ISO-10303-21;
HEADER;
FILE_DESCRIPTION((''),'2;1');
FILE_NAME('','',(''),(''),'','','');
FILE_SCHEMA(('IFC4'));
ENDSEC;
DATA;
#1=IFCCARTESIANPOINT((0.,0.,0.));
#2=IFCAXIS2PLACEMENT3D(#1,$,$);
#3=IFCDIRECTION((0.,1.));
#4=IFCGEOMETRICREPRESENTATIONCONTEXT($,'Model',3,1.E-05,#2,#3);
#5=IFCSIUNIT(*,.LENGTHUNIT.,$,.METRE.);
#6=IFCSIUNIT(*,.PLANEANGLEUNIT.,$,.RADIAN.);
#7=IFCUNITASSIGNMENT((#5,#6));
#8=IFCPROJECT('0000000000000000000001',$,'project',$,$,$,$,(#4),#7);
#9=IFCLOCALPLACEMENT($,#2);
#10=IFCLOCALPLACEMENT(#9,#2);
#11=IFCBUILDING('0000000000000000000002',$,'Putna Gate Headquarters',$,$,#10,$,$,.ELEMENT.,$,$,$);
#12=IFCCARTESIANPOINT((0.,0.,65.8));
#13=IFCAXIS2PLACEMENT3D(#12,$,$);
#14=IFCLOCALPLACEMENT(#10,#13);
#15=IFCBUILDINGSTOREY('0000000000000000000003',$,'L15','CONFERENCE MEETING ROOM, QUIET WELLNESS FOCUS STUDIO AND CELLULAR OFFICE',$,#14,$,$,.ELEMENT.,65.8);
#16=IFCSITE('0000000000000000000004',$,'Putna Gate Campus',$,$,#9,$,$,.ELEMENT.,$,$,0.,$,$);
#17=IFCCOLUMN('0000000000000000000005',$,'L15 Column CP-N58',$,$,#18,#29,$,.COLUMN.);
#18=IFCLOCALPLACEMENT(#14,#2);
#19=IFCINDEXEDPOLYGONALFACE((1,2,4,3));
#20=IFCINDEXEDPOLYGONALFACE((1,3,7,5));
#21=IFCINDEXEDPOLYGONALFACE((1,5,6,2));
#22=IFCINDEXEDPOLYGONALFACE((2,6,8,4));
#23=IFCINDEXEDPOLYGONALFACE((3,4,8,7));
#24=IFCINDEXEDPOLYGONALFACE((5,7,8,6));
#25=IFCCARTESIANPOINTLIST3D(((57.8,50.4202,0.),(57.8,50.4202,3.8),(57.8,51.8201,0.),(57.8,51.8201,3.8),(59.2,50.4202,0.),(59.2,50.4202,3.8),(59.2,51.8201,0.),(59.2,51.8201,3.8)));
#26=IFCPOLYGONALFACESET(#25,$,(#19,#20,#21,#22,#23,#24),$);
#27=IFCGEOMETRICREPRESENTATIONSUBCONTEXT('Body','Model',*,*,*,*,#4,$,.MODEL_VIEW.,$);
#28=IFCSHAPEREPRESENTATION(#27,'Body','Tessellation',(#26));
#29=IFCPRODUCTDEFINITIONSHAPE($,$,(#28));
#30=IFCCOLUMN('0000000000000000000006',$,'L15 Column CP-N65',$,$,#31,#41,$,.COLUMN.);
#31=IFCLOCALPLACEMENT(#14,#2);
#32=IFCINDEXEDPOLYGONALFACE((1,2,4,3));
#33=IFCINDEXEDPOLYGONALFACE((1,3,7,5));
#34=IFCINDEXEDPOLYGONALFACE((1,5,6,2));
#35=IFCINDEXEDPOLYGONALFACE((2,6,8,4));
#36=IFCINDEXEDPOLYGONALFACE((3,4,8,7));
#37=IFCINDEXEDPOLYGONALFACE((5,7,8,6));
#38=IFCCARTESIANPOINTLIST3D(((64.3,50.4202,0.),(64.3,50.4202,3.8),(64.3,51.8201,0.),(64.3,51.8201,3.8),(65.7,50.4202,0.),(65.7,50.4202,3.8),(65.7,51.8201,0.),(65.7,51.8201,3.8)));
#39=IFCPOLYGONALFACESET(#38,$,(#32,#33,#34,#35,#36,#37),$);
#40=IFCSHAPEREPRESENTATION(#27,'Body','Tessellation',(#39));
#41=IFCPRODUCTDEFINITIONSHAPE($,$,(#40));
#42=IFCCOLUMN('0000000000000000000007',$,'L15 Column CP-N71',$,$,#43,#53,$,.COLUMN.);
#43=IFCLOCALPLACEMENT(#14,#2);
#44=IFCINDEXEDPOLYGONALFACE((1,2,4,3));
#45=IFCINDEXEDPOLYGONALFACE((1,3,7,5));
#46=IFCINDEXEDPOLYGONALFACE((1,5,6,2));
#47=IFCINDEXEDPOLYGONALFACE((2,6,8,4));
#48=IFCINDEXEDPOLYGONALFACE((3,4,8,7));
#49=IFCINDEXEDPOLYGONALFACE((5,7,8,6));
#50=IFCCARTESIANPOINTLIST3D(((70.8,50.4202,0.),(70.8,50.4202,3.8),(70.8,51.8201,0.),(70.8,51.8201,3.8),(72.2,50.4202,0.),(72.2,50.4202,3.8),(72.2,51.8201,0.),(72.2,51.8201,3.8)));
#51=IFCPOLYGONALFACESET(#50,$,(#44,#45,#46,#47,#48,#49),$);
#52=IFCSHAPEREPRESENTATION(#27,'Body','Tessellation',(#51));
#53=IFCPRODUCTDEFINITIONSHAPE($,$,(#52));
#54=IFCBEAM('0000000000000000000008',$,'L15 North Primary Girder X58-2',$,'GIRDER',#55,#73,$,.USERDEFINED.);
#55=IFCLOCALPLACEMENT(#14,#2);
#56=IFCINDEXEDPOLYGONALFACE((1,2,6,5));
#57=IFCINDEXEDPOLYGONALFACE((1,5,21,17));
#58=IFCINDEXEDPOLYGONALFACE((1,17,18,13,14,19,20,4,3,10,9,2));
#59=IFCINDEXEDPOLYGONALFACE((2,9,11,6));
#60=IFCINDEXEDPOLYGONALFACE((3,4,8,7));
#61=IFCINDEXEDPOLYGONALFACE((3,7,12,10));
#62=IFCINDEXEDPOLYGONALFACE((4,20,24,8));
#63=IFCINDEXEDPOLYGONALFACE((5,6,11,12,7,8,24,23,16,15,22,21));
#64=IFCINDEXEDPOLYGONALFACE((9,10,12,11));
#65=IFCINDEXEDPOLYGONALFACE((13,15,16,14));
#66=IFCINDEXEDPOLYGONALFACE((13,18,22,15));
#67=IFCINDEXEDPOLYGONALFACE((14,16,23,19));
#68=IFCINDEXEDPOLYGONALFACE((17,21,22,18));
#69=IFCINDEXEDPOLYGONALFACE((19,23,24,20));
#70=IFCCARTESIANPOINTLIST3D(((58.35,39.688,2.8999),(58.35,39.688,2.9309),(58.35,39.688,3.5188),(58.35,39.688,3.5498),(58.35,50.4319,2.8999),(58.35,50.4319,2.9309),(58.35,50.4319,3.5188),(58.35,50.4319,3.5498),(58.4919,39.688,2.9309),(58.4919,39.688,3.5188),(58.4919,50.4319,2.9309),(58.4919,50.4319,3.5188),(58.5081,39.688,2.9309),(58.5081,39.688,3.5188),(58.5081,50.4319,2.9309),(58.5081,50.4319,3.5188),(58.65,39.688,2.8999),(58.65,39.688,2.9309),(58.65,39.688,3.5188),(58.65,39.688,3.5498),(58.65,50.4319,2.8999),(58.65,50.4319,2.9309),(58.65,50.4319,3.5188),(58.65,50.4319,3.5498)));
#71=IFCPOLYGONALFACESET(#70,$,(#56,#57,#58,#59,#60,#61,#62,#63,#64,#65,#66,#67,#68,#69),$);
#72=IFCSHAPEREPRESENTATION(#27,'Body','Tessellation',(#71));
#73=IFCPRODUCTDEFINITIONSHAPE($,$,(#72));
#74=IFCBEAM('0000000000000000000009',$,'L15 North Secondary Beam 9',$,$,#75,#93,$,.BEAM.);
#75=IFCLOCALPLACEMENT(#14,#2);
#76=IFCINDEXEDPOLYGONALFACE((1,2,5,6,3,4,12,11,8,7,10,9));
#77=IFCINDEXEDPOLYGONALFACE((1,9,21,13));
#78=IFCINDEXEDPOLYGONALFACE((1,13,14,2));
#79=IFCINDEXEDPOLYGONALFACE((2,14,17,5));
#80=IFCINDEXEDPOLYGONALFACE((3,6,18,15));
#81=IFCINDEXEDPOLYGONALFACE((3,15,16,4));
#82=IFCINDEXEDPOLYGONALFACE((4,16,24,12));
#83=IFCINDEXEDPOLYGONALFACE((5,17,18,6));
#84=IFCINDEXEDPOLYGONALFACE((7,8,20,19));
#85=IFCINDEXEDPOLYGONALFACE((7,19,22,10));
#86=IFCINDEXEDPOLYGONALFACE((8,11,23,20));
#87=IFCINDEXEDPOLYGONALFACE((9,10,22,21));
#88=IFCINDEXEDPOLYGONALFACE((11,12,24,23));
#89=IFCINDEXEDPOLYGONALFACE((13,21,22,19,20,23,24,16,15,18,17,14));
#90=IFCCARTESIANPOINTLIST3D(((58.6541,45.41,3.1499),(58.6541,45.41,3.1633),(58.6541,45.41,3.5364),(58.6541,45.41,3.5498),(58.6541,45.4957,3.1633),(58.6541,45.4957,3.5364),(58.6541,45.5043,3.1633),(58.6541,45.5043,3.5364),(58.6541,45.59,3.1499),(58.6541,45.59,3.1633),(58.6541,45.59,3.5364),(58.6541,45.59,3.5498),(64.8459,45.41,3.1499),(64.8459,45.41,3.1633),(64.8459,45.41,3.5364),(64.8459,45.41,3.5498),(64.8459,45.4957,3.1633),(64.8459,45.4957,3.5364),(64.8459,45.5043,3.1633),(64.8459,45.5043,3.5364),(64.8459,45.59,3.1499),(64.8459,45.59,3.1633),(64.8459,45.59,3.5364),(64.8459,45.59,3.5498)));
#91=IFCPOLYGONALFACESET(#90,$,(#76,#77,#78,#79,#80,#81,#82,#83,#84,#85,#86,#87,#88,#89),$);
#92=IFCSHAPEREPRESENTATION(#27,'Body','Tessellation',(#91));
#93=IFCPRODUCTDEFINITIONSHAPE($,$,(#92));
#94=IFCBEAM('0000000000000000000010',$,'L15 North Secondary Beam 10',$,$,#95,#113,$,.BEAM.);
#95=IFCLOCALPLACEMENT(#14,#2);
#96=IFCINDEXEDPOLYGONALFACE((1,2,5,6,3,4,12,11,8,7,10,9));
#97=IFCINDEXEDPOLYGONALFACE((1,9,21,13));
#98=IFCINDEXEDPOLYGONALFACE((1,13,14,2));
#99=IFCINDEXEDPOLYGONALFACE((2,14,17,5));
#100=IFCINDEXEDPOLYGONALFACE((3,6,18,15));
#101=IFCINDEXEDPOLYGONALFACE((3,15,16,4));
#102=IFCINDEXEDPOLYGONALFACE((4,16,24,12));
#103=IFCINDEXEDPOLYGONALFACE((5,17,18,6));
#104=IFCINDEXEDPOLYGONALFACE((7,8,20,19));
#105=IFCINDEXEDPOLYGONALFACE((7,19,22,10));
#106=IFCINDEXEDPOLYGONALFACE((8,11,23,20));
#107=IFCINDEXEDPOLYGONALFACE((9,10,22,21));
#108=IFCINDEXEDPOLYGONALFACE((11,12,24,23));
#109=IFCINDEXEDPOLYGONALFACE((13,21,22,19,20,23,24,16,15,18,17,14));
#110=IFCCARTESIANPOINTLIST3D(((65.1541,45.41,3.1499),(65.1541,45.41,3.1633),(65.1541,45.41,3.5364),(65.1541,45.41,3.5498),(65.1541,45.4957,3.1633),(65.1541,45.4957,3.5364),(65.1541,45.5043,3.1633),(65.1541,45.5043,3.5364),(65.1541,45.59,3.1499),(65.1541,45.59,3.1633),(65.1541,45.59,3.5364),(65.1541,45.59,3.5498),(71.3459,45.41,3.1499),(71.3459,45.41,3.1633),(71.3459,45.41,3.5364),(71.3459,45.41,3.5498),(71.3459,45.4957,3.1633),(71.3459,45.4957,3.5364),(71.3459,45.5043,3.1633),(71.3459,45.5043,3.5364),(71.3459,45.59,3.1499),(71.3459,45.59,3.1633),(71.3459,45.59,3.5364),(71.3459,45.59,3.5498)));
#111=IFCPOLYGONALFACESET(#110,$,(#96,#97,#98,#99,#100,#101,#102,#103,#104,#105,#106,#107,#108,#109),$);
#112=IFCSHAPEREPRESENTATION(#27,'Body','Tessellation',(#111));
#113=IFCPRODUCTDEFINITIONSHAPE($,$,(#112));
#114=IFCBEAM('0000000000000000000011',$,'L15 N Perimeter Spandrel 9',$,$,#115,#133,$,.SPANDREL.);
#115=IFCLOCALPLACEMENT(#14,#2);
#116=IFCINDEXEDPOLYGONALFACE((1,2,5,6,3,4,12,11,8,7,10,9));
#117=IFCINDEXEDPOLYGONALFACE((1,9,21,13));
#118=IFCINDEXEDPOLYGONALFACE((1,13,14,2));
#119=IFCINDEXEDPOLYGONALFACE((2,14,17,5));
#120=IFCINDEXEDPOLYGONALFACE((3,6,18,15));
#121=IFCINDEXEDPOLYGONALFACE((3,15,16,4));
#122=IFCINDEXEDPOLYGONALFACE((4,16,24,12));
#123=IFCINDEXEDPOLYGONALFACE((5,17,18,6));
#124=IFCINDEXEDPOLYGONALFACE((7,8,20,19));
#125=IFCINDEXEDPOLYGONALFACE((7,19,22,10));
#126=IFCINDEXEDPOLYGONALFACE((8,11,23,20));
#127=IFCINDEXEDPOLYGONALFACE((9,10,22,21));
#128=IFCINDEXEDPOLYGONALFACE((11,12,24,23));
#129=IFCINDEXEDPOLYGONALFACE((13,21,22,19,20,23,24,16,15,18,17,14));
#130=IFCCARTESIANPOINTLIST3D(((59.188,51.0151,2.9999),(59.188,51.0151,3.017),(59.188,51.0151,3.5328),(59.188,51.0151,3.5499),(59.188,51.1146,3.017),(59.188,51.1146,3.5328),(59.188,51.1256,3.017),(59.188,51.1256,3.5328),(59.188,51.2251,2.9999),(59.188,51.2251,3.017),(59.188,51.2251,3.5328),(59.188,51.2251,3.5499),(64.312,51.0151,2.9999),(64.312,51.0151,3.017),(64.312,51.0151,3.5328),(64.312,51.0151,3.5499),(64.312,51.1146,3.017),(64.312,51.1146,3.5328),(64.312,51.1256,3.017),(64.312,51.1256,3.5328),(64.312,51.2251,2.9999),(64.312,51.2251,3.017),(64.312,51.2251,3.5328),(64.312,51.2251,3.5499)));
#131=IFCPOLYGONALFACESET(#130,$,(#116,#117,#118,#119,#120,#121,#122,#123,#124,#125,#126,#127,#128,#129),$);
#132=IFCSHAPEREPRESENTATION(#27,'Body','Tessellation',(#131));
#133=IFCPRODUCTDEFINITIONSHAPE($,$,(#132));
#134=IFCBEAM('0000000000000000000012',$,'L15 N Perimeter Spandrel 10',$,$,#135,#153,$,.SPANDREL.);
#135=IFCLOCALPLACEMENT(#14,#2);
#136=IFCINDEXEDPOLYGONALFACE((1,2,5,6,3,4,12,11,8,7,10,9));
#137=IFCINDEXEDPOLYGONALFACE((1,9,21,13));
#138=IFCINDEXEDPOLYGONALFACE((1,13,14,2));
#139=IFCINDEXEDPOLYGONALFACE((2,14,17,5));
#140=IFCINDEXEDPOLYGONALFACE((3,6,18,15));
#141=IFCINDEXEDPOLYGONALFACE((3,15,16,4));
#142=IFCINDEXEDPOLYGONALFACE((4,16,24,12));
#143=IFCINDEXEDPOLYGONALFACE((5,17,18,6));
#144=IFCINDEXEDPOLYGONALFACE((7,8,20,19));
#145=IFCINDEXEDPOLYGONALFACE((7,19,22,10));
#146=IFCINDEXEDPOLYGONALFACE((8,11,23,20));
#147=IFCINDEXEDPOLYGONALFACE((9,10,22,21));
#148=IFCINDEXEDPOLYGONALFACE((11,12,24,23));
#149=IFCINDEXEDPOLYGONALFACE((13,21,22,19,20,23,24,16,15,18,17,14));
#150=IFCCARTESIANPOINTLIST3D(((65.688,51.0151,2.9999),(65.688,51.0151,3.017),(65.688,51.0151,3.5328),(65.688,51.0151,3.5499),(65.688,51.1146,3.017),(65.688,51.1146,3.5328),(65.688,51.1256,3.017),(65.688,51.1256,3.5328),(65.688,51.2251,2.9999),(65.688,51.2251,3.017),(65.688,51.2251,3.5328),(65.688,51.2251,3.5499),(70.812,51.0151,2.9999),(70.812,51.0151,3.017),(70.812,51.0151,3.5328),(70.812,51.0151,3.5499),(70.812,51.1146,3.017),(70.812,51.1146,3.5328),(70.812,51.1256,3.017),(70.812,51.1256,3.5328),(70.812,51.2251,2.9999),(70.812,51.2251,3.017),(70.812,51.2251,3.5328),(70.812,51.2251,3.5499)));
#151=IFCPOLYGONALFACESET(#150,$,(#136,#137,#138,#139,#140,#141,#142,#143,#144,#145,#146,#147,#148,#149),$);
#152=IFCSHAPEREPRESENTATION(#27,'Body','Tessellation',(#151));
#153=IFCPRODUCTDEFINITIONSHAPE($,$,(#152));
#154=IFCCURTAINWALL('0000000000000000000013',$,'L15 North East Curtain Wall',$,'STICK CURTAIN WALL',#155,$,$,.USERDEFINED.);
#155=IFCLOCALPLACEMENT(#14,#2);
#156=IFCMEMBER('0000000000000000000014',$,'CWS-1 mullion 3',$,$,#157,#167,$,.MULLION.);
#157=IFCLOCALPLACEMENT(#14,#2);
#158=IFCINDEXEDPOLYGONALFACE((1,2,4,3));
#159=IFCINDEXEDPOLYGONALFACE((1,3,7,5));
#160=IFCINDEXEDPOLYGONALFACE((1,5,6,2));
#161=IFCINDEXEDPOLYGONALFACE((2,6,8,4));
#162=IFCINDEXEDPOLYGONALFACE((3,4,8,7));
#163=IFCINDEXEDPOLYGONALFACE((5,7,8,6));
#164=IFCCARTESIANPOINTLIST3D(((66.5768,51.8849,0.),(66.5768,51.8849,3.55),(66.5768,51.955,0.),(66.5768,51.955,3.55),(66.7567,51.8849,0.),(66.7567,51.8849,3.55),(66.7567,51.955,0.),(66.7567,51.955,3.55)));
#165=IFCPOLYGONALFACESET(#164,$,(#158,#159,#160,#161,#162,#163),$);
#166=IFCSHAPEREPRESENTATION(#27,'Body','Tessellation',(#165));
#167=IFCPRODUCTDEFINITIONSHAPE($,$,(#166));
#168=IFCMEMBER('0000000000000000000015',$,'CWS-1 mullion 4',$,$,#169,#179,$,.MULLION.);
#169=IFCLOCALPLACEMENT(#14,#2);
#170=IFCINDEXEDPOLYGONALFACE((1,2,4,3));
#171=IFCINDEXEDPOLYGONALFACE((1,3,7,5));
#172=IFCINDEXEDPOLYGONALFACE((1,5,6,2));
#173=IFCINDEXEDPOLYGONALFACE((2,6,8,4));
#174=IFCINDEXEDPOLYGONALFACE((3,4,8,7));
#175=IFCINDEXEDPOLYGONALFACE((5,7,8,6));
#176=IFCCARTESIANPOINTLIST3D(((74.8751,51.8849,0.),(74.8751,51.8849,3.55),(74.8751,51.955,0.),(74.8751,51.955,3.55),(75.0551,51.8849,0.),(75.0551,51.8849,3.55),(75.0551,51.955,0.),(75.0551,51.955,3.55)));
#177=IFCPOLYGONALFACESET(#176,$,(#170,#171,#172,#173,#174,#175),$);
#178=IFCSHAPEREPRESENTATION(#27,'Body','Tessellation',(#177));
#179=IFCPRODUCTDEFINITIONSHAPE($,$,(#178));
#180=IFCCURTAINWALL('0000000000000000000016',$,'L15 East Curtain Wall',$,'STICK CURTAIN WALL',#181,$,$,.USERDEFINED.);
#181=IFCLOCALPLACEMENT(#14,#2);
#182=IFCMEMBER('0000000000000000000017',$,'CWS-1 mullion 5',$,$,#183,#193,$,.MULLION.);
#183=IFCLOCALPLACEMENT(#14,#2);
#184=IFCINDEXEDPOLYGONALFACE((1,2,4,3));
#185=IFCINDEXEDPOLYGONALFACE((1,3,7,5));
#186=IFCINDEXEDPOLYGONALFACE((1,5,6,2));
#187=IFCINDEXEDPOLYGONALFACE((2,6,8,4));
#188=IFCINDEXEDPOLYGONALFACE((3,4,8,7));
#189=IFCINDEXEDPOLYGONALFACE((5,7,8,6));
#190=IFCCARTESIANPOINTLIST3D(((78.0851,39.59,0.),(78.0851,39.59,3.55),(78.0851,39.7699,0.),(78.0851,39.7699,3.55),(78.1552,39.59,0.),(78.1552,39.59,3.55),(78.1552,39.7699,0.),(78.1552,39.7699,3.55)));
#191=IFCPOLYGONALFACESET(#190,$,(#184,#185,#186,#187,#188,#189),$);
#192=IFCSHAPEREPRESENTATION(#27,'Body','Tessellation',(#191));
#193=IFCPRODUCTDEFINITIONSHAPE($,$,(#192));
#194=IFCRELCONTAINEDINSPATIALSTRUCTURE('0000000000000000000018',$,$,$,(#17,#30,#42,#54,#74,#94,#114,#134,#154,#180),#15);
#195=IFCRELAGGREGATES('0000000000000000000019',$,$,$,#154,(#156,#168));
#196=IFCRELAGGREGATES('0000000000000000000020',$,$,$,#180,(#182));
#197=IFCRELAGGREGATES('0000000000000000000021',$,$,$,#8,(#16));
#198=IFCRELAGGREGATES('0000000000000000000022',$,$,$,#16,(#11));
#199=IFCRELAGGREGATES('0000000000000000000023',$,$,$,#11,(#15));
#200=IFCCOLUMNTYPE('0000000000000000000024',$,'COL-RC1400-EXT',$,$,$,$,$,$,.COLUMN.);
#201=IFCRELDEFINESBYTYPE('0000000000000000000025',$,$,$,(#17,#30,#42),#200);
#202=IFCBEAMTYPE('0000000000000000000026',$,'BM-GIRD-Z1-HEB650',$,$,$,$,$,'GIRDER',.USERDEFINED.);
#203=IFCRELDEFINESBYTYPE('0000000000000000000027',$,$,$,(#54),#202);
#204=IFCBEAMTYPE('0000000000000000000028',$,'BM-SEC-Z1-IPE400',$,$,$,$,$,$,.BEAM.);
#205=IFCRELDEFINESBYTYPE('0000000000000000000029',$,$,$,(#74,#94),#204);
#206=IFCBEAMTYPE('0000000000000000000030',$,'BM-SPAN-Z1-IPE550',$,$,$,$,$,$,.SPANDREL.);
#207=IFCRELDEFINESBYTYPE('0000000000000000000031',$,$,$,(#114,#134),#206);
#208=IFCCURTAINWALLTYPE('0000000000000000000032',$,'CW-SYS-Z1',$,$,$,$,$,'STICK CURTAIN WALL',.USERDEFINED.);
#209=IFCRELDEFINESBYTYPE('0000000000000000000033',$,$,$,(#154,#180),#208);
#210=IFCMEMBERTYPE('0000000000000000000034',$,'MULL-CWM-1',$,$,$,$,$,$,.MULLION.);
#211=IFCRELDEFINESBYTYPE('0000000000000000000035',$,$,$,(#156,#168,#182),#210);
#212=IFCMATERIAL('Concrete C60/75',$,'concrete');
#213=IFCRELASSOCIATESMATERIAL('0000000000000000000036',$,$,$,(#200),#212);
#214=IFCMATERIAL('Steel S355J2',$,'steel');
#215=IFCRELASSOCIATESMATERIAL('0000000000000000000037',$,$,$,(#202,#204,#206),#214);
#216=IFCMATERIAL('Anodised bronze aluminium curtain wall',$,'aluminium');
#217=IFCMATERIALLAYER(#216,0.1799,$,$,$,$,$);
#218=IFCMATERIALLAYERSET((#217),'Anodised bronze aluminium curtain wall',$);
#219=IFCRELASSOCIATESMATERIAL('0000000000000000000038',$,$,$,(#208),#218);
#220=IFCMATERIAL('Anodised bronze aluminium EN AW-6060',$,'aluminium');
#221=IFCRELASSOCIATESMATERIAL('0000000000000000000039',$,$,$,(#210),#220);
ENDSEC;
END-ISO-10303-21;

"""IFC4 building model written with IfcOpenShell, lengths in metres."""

from ifc_helpers import new_model, si_unit, direction, frame, origin, origin_2d, place, context, subcontext, project, spatial, rectangle, i_section, extrude, material, layer, layer_set, material_profile, profile_set, type_object, element, aggregate, save


model = new_model("IFC4")

# Units and contexts
model_context = context("Model", 3, precision=1e-05, world=origin(), true_north=direction((0.0, 1.0)))
body_context = subcontext(model_context, "Body", "Model", "MODEL_VIEW")
ifc_project = project(units=[si_unit("LENGTHUNIT", "METRE"), si_unit("PLANEANGLEUNIT", "RADIAN")], contexts=[model_context])

# Site, building, storey
site_placement = place(None, origin())
site = spatial("IfcSite", under=ifc_project, at=site_placement, Name="Putna Gate Campus", CompositionType="ELEMENT", RefElevation=0.0)
building_placement = place(site_placement, origin())
building = spatial("IfcBuilding", under=site, at=building_placement, Name="Putna Gate Headquarters", CompositionType="ELEMENT")
storey_placement = place(building_placement, frame((0.0, 0.0, 65.8)))
storey = spatial("IfcBuildingStorey", under=building, at=storey_placement, Name="L15", Description="CONFERENCE MEETING ROOM, QUIET WELLNESS FOCUS STUDIO AND CELLULAR OFFICE", CompositionType="ELEMENT", Elevation=65.8)

# Columns
ifc_material_1 = material(Name="Concrete C60/75", Category="concrete")
ifc_material_profile_1 = material_profile(ifc_material_1, rectangle(XDim=1.3999, YDim=1.3999, at=origin_2d()), Name="Concrete C60/75")
ifc_profile_set_1 = profile_set([ifc_material_profile_1], Name="Concrete C60/75")
column_type = type_object("IfcColumnType", Name="COL-RC1400-EXT", PredefinedType="COLUMN", material=ifc_profile_set_1)
for number, where, z_axis, x_axis, name in (
    (1, (58.5, 51.1201, 0.0), (0.0, 0.0, 1.0), (1.0, 0.0, 0.0), "L15 Column CP-N58"),
    (2, (65.0, 51.1201, 0.0), (0.0, 0.0, 1.0), (1.0, 0.0, 0.0), "L15 Column CP-N65"),
    (3, (71.5, 51.1201, 0.0), (0.0, 0.0, 1.0), (1.0, 0.0, 0.0), "L15 Column CP-N71"),
):
    element("IfcColumn", number, at=place(storey_placement, frame(where, z_axis=z_axis, x_axis=x_axis)), inside=storey, type_object=column_type, Name=name, PredefinedType="COLUMN", context=body_context, shape_type="SweptSolid", body=[
        extrude(rectangle(XDim=1.3999, YDim=1.3999, at=origin_2d()), origin(), (0.0, 0.0, 1.0), 3.8),
    ])

# Beams
ifc_material_2 = material(Name="Steel S355J2", Category="steel")
ifc_material_profile_2 = material_profile(ifc_material_2, i_section(OverallWidth=0.3, OverallDepth=0.6499, WebThickness=0.0161, FlangeThickness=0.031, at=origin_2d()), Name="Steel S355J2")
ifc_profile_set_2 = profile_set([ifc_material_profile_2], Name="Steel S355J2")
beam_type_1 = type_object("IfcBeamType", Name="BM-GIRD-Z1-HEB650", ElementType="GIRDER", PredefinedType="USERDEFINED", material=ifc_profile_set_2)
beam_placement = place(storey_placement, frame((58.5, 39.688, 3.2249), z_axis=(0.0, 1.0, 0.0), x_axis=(-1.0, 0.0, 0.0)))
element("IfcBeam", 4, at=beam_placement, inside=storey, type_object=beam_type_1, Name="L15 North Primary Girder X58-2", ObjectType="GIRDER", PredefinedType="USERDEFINED", context=body_context, shape_type="SweptSolid", body=[
    extrude(i_section(OverallWidth=0.3, OverallDepth=0.6499, WebThickness=0.0161, FlangeThickness=0.031, at=origin_2d()), origin(), (0.0, 0.0, 1.0), 10.7439),
])
ifc_material_profile_3 = material_profile(ifc_material_2, i_section(OverallWidth=0.1799, OverallDepth=0.3999, WebThickness=0.0085, FlangeThickness=0.0134, at=origin_2d()), Name="Steel S355J2")
ifc_profile_set_3 = profile_set([ifc_material_profile_3], Name="Steel S355J2")
beam_type_2 = type_object("IfcBeamType", Name="BM-SEC-Z1-IPE400", PredefinedType="BEAM", material=ifc_profile_set_3)
for number, where, z_axis, x_axis, name in (
    (5, (58.6541, 45.5, 3.3499), (1.0, 0.0, 0.0), (0.0, 1.0, 0.0), "L15 North Secondary Beam 9"),
    (6, (65.1541, 45.5, 3.3499), (1.0, 0.0, 0.0), (0.0, 1.0, 0.0), "L15 North Secondary Beam 10"),
):
    element("IfcBeam", number, at=place(storey_placement, frame(where, z_axis=z_axis, x_axis=x_axis)), inside=storey, type_object=beam_type_2, Name=name, PredefinedType="BEAM", context=body_context, shape_type="SweptSolid", body=[
        extrude(i_section(OverallWidth=0.1799, OverallDepth=0.3999, WebThickness=0.0085, FlangeThickness=0.0134, at=origin_2d()), origin(), (0.0, 0.0, 1.0), 6.1919),
    ])
ifc_material_profile_4 = material_profile(ifc_material_2, i_section(OverallWidth=0.21, OverallDepth=0.55, WebThickness=0.011, FlangeThickness=0.0171, at=origin_2d()), Name="Steel S355J2")
ifc_profile_set_4 = profile_set([ifc_material_profile_4], Name="Steel S355J2")
beam_type_3 = type_object("IfcBeamType", Name="BM-SPAN-Z1-IPE550", PredefinedType="SPANDREL", material=ifc_profile_set_4)
for number, where, z_axis, x_axis, name in (
    (7, (59.188, 51.1201, 3.2749), (1.0, 0.0, 0.0), (0.0, 1.0, 0.0), "L15 N Perimeter Spandrel 9"),
    (8, (65.688, 51.1201, 3.2749), (1.0, 0.0, 0.0), (0.0, 1.0, 0.0), "L15 N Perimeter Spandrel 10"),
):
    element("IfcBeam", number, at=place(storey_placement, frame(where, z_axis=z_axis, x_axis=x_axis)), inside=storey, type_object=beam_type_3, Name=name, PredefinedType="SPANDREL", context=body_context, shape_type="SweptSolid", body=[
        extrude(i_section(OverallWidth=0.21, OverallDepth=0.55, WebThickness=0.011, FlangeThickness=0.0171, at=origin_2d()), origin(), (0.0, 0.0, 1.0), 5.124),
    ])

# Curtain walls, members
ifc_material_3 = material(Name="Anodised bronze aluminium curtain wall", Category="aluminium")
ifc_layer_1 = layer(ifc_material_3, 0.1799)
ifc_layer_set_1 = layer_set([ifc_layer_1], Name="Anodised bronze aluminium curtain wall")
curtain_wall_type = type_object("IfcCurtainWallType", Name="CW-SYS-Z1", ElementType="STICK CURTAIN WALL", PredefinedType="USERDEFINED", material=ifc_layer_set_1)
curtain_wall_1_placement = place(storey_placement, origin())
curtain_wall_1 = element("IfcCurtainWall", 9, at=curtain_wall_1_placement, inside=storey, type_object=curtain_wall_type, Name="L15 North East Curtain Wall", ObjectType="STICK CURTAIN WALL", PredefinedType="USERDEFINED")
ifc_material_4 = material(Name="Anodised bronze aluminium EN AW-6060", Category="aluminium")
ifc_material_profile_5 = material_profile(ifc_material_4, rectangle(XDim=0.0701, YDim=0.1799, at=origin_2d()), Name="Anodised bronze aluminium EN AW-6060")
ifc_profile_set_5 = profile_set([ifc_material_profile_5], Name="Anodised bronze aluminium EN AW-6060")
member_type_1 = type_object("IfcMemberType", Name="MULL-CWM-1", PredefinedType="MULLION", material=ifc_profile_set_5)
member_1_placement = place(storey_placement, frame((66.6667, 51.9199, 0.0), z_axis=(0.0, 0.0, 1.0), x_axis=(0.0, 1.0, 0.0)))
member_1 = element("IfcMember", 10, at=member_1_placement, type_object=member_type_1, Name="CWS-1 mullion 3", PredefinedType="MULLION", context=body_context, shape_type="SweptSolid", body=[
    extrude(rectangle(XDim=0.0701, YDim=0.1799, at=origin_2d()), origin(), (0.0, 0.0, 1.0), 3.55),
])
member_2_placement = place(storey_placement, frame((74.9651, 51.9199, 0.0), z_axis=(0.0, 0.0, 1.0), x_axis=(0.0, 1.0, 0.0)))
member_2 = element("IfcMember", 11, at=member_2_placement, type_object=member_type_1, Name="CWS-1 mullion 4", PredefinedType="MULLION", context=body_context, shape_type="SweptSolid", body=[
    extrude(rectangle(XDim=0.0701, YDim=0.1799, at=origin_2d()), origin(), (0.0, 0.0, 1.0), 3.55),
])
curtain_wall_2_placement = place(storey_placement, origin())
curtain_wall_2 = element("IfcCurtainWall", 12, at=curtain_wall_2_placement, inside=storey, type_object=curtain_wall_type, Name="L15 East Curtain Wall", ObjectType="STICK CURTAIN WALL", PredefinedType="USERDEFINED")
member_3_placement = place(storey_placement, frame((78.1201, 39.6799, 0.0), z_axis=(0.0, 0.0, 1.0), x_axis=(-1.0, 0.0, 0.0)))
member_3 = element("IfcMember", 13, at=member_3_placement, type_object=member_type_1, Name="CWS-1 mullion 5", PredefinedType="MULLION", context=body_context, shape_type="SweptSolid", body=[
    extrude(rectangle(XDim=0.0701, YDim=0.1799, at=origin_2d()), origin(), (0.0, 0.0, 1.0), 3.55),
])

aggregate(curtain_wall_1, [member_1, member_2])
aggregate(curtain_wall_2, [member_3])

save(model, "model.ifc")
